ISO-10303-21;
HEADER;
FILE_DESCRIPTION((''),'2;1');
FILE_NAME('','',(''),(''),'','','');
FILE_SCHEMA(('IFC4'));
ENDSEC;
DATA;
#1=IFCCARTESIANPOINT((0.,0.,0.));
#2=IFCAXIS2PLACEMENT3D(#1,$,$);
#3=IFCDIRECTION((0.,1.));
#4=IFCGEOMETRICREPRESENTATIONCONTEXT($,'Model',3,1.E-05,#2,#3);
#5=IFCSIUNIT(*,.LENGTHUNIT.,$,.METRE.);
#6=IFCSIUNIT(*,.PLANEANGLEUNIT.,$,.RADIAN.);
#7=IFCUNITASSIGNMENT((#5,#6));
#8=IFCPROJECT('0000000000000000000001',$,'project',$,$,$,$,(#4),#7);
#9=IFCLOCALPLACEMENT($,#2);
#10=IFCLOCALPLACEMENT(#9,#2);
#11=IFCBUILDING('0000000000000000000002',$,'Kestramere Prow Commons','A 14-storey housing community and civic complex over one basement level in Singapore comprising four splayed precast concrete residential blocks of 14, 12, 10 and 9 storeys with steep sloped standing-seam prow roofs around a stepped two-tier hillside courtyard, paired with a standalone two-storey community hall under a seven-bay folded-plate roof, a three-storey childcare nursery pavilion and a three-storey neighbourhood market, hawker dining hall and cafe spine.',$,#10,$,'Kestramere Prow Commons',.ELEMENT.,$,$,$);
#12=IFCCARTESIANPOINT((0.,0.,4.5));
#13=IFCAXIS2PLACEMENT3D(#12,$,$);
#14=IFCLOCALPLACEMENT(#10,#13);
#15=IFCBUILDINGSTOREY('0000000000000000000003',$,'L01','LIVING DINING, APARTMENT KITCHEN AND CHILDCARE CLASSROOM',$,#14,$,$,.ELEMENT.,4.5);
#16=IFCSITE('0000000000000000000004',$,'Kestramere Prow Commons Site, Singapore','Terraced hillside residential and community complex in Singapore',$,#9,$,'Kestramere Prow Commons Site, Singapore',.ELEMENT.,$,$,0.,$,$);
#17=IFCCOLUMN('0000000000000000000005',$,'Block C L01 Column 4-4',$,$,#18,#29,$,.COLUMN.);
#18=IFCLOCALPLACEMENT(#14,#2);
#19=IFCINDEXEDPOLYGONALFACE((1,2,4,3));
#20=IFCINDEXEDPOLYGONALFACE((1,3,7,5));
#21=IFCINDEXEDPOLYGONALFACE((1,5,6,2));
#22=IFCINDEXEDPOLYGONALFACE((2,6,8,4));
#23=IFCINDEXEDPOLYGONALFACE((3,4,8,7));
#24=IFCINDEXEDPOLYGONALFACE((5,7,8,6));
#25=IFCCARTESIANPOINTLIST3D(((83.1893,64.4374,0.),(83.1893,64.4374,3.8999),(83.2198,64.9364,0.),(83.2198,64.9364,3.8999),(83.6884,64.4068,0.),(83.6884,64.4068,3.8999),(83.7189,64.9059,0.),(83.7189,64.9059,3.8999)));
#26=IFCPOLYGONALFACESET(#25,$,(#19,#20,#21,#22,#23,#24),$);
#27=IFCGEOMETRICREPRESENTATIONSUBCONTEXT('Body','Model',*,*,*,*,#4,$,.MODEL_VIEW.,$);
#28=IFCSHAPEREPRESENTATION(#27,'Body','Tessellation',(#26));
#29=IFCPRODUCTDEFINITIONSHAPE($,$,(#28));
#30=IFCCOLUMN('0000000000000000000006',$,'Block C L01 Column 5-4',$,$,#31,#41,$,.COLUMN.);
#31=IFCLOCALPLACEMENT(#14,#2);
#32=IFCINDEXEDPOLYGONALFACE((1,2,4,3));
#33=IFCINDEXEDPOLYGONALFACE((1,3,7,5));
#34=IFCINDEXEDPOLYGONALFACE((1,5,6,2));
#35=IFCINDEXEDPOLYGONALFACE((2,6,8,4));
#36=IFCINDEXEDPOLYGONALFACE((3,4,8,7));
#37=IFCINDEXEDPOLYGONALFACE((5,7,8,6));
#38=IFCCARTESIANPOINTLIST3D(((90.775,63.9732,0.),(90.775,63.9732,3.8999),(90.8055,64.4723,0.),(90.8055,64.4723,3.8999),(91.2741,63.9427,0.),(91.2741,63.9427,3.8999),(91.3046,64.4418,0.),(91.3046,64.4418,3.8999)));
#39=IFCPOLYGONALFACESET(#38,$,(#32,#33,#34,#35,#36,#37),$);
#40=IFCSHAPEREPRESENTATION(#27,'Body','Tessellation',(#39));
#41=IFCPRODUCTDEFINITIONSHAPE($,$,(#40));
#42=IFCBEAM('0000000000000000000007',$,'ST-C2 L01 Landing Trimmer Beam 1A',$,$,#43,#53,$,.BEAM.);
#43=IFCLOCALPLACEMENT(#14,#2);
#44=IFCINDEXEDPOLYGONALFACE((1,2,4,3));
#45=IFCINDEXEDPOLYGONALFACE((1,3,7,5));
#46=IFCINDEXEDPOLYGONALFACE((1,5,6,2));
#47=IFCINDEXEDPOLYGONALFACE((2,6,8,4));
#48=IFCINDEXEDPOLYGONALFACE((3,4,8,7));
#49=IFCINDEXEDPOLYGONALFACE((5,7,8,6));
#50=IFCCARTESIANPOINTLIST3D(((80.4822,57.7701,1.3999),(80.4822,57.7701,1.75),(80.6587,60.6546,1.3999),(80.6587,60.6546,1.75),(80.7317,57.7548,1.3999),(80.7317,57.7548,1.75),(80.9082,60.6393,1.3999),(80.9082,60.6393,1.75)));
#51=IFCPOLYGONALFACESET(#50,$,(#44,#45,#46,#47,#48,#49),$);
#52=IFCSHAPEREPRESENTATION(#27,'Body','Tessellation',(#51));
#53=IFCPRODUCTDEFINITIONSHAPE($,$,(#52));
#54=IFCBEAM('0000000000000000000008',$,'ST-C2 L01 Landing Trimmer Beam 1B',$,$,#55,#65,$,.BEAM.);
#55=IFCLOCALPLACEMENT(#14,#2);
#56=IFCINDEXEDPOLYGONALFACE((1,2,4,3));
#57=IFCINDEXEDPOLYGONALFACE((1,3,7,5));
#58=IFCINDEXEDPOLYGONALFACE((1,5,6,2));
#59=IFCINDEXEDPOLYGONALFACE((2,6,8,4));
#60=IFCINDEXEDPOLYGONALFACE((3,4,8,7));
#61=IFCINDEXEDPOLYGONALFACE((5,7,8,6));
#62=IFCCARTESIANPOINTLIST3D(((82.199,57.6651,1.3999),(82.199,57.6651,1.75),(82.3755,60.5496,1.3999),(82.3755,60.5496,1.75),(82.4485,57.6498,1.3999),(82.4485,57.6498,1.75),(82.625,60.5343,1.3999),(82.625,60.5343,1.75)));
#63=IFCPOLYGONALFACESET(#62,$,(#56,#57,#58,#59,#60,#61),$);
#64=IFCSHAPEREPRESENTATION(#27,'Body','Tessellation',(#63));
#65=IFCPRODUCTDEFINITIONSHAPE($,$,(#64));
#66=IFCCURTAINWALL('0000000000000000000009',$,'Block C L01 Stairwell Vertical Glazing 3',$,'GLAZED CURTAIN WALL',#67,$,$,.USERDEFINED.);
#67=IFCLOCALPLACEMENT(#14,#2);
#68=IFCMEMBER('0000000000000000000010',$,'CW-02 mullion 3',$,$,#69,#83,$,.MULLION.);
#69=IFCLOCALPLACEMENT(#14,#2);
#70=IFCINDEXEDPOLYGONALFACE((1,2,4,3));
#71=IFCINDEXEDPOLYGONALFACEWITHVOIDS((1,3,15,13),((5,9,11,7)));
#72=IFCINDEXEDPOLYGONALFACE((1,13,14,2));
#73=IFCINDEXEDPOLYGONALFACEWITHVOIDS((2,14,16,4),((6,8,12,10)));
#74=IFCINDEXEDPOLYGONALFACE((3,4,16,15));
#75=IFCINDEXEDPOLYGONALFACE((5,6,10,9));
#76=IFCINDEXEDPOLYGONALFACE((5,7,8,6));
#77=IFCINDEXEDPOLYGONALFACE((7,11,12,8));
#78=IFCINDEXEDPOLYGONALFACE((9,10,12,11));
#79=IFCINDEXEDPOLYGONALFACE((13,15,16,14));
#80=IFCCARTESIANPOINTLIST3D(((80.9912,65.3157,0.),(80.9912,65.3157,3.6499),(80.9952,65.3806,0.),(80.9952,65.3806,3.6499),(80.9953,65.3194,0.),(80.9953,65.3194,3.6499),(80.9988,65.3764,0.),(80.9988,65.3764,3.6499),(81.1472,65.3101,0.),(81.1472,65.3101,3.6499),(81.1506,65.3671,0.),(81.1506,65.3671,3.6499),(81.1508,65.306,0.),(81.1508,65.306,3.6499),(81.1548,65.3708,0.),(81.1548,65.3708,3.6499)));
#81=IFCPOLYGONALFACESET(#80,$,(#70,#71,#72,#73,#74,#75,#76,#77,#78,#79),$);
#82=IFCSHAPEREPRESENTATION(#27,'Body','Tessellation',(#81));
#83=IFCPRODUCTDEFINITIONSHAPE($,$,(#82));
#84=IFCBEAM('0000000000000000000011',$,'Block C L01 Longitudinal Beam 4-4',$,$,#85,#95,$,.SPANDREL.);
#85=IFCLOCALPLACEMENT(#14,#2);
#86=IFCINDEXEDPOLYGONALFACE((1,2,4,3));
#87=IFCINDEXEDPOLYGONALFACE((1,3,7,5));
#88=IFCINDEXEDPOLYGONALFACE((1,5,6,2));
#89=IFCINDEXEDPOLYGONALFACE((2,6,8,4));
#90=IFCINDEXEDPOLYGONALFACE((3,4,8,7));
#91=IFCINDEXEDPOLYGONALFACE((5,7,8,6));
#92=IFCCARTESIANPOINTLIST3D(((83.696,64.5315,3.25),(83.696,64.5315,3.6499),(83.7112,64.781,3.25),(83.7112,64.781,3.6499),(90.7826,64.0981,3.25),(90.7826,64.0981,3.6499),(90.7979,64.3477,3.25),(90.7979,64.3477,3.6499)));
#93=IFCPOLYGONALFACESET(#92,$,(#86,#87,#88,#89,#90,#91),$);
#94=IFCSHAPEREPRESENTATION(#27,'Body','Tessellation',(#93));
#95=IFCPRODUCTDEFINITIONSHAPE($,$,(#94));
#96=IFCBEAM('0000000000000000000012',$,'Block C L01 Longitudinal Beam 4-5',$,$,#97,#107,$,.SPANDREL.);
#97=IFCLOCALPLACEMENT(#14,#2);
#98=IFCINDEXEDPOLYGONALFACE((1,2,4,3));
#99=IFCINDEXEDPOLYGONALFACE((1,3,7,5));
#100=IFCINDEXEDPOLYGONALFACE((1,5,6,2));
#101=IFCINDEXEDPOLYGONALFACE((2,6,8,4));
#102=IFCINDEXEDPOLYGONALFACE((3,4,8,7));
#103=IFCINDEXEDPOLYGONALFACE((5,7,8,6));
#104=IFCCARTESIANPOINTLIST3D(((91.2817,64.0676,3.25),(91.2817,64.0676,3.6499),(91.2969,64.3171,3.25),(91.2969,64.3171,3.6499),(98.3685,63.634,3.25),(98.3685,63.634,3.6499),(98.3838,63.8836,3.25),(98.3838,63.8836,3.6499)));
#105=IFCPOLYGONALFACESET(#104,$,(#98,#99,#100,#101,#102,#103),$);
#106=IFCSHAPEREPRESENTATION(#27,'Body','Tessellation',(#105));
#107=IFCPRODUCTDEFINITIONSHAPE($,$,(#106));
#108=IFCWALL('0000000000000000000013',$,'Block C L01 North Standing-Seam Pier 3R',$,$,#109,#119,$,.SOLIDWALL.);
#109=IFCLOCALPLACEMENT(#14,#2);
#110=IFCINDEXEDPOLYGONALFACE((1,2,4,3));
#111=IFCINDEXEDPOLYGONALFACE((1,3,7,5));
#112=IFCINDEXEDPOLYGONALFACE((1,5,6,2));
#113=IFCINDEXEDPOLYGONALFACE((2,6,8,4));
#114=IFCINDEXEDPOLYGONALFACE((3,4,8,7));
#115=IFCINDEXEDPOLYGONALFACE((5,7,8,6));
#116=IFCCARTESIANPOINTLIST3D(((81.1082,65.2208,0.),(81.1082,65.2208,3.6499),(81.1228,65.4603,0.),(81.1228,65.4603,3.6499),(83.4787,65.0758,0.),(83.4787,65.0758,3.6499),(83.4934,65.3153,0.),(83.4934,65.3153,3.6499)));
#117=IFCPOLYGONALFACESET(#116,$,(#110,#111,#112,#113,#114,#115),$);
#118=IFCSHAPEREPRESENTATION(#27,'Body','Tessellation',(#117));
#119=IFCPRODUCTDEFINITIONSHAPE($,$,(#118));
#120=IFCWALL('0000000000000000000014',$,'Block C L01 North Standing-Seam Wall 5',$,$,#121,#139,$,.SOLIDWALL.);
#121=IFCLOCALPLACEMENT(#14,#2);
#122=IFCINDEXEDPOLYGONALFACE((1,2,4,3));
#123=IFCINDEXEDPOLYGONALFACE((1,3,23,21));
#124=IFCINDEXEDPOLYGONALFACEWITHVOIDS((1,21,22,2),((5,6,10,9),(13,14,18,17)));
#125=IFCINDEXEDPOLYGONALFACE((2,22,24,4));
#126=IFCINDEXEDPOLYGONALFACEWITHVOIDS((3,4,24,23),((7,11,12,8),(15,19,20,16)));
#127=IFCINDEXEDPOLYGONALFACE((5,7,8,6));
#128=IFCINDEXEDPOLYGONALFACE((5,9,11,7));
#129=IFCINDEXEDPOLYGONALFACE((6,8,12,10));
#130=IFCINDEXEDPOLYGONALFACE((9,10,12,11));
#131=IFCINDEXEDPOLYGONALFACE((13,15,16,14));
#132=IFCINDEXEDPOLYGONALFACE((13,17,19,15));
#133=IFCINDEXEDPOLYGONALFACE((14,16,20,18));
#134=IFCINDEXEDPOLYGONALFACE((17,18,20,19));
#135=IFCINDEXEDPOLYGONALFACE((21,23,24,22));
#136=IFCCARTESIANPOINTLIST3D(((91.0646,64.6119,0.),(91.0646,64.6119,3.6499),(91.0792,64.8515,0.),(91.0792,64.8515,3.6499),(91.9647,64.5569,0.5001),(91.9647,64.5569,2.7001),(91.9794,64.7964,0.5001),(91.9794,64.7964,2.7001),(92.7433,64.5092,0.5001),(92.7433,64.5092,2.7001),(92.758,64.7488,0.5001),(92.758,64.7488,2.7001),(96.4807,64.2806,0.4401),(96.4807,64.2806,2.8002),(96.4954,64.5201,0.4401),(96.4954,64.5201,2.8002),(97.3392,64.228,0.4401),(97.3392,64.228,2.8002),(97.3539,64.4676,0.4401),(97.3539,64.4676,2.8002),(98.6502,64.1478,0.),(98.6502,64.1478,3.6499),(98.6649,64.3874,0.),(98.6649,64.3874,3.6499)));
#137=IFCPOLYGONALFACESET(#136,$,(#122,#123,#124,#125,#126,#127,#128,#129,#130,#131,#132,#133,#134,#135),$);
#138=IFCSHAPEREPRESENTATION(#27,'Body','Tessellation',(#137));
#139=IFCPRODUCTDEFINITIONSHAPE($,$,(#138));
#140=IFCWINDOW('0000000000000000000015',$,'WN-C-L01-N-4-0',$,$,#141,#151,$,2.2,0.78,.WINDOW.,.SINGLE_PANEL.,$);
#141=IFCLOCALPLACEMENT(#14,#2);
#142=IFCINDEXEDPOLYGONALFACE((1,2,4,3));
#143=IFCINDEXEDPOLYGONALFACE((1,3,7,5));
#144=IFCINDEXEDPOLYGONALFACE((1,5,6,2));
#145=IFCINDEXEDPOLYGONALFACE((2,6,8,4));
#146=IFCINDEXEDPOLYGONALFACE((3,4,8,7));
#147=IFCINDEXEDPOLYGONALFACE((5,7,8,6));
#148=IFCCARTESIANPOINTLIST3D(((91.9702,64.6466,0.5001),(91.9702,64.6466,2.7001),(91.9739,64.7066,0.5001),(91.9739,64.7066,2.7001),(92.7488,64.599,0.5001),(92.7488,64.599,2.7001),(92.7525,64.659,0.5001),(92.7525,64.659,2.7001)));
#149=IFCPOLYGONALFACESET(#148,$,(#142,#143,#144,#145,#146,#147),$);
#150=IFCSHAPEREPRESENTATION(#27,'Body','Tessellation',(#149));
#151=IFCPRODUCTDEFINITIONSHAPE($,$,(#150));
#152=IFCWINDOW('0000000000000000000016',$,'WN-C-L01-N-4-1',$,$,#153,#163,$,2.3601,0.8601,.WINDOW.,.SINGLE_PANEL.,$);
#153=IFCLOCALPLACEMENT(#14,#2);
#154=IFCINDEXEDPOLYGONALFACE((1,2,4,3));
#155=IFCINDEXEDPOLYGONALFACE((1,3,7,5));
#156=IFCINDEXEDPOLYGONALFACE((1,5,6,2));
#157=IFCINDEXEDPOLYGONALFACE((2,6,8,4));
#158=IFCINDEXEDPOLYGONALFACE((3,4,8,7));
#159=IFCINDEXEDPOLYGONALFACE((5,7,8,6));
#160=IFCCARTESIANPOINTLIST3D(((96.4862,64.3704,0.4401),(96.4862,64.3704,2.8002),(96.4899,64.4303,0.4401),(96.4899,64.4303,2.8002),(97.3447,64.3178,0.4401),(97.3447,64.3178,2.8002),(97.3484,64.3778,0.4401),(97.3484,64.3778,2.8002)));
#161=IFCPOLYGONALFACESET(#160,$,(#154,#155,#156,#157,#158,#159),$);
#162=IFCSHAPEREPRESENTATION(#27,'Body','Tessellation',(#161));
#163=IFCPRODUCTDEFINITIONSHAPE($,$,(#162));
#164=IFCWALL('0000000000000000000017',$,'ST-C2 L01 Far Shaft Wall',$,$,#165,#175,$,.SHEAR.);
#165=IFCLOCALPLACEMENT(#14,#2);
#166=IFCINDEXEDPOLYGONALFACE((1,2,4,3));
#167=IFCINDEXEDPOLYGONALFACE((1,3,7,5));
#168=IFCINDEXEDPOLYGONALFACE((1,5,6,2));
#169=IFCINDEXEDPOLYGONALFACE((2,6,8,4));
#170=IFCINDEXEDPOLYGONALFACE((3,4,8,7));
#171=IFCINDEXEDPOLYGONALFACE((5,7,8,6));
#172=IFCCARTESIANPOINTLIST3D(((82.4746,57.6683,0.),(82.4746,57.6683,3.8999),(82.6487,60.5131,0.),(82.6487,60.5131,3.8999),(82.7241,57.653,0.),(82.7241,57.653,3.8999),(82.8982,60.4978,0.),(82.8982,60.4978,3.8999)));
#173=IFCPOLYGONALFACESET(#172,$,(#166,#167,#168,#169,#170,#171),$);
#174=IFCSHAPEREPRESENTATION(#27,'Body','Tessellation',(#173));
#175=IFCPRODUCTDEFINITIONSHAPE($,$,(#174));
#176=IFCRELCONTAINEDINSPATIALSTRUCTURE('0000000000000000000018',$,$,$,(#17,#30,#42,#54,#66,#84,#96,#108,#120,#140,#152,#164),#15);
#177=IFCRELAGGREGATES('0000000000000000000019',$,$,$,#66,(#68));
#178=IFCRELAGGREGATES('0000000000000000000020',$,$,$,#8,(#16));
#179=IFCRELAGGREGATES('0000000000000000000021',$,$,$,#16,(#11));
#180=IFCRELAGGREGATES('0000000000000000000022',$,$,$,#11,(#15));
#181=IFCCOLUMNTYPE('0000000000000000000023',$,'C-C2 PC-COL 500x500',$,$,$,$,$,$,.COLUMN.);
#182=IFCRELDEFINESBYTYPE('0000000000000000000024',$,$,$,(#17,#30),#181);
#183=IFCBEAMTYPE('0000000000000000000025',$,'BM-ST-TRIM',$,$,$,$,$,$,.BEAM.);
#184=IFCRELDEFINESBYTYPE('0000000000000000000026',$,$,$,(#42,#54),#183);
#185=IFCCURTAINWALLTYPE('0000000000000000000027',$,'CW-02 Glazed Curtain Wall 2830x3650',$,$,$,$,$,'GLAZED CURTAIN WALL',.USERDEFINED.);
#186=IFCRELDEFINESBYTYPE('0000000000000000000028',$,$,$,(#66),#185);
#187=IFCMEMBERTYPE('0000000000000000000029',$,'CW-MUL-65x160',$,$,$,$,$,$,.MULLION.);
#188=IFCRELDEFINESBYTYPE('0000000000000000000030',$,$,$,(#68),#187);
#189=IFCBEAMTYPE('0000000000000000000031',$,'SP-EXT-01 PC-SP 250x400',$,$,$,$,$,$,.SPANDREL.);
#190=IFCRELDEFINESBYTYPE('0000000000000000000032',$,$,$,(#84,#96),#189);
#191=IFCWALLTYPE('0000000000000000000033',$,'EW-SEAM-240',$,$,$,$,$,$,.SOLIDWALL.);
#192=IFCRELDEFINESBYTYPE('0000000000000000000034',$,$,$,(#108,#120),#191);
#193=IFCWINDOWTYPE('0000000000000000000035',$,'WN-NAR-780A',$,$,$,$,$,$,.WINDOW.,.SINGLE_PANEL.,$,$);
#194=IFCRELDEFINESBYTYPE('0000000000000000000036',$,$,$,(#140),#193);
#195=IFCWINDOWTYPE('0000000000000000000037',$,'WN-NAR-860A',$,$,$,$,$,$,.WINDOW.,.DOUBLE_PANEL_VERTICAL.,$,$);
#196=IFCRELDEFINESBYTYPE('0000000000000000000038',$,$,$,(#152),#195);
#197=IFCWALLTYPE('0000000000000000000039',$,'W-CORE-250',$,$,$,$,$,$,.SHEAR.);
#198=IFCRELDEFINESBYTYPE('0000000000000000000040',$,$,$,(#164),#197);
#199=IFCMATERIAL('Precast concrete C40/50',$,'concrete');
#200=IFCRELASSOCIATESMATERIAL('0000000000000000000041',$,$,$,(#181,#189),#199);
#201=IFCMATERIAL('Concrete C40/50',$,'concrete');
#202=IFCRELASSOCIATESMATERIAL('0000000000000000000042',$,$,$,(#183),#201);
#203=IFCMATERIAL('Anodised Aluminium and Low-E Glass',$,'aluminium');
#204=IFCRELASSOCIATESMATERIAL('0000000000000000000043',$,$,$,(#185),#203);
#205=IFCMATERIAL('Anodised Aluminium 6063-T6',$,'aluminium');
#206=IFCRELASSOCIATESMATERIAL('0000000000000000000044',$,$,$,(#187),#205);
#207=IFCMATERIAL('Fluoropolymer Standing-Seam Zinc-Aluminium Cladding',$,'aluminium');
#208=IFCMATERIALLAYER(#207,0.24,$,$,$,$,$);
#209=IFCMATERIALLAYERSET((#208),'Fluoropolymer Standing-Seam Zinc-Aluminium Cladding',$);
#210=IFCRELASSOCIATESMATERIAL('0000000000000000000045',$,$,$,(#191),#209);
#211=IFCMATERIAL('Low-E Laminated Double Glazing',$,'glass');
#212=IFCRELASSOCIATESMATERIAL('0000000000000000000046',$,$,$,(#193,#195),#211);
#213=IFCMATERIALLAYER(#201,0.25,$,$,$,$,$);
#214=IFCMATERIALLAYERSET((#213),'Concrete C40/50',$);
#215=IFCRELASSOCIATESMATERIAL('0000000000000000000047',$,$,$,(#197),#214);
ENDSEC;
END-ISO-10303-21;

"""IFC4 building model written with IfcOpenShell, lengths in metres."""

from ifc_helpers import new_model, si_unit, direction, frame, frame_2d, origin, origin_2d, place, context, subcontext, project, spatial, rectangle, hollow_rectangle, extrude, material, layer, layer_set, material_profile, profile_set, type_object, element, fill, aggregate, save


model = new_model("IFC4")

# Units and contexts
model_context = context("Model", 3, precision=1e-05, world=origin(), true_north=direction((0.0, 1.0)))
body_context = subcontext(model_context, "Body", "Model", "MODEL_VIEW")
ifc_project = project(units=[si_unit("LENGTHUNIT", "METRE"), si_unit("PLANEANGLEUNIT", "RADIAN")], contexts=[model_context])

# Site, building, storey
site_placement = place(None, origin())
site = spatial("IfcSite", under=ifc_project, at=site_placement, Name="Kestramere Prow Commons Site, Singapore", Description="Terraced hillside residential and community complex in Singapore", LongName="Kestramere Prow Commons Site, Singapore", CompositionType="ELEMENT", RefElevation=0.0)
building_placement = place(site_placement, origin())
building = spatial("IfcBuilding", under=site, at=building_placement, Name="Kestramere Prow Commons", Description="A 14-storey housing community and civic complex over one basement level in Singapore comprising four splayed precast concrete residential blocks of 14, 12, 10 and 9 storeys with steep sloped standing-seam prow roofs around a stepped two-tier hillside courtyard, paired with a standalone two-storey community hall under a seven-bay folded-plate roof, a three-storey childcare nursery pavilion and a three-storey neighbourhood market, hawker dining hall and cafe spine.", LongName="Kestramere Prow Commons", CompositionType="ELEMENT")
storey_placement = place(building_placement, frame((0.0, 0.0, 4.5)))
storey = spatial("IfcBuildingStorey", under=building, at=storey_placement, Name="L01", Description="LIVING DINING, APARTMENT KITCHEN AND CHILDCARE CLASSROOM", CompositionType="ELEMENT", Elevation=4.5)

# Columns
ifc_material_1 = material(Name="Precast concrete C40/50", Category="concrete")
ifc_material_profile_1 = material_profile(ifc_material_1, rectangle(XDim=0.5, YDim=0.5, at=origin_2d()), Name="PC-COL 500x500")
ifc_profile_set_1 = profile_set([ifc_material_profile_1], Name="Precast concrete C40/50")
column_type = type_object("IfcColumnType", Name="C-C2 PC-COL 500x500", PredefinedType="COLUMN", material=ifc_profile_set_1)
for number, where, z_axis, x_axis, name in (
    (1, (83.4541, 64.6716, 0.0), (0.0, 0.0, 1.0), (0.998135, -0.061049, 0.0), "Block C L01 Column 4-4"),
    (2, (91.0398, 64.2075, 0.0), (0.0, 0.0, 1.0), (0.998135, -0.061049, 0.0), "Block C L01 Column 5-4"),
):
    element("IfcColumn", number, at=place(storey_placement, frame(where, z_axis=z_axis, x_axis=x_axis)), inside=storey, type_object=column_type, Name=name, PredefinedType="COLUMN", context=body_context, shape_type="SweptSolid", body=[
        extrude(rectangle(XDim=0.5, YDim=0.5, at=origin_2d()), origin(), (0.0, 0.0, 1.0), 3.8999),
    ])

# Beams
ifc_material_2 = material(Name="Concrete C40/50", Category="concrete")
ifc_material_profile_2 = material_profile(ifc_material_2, rectangle(XDim=0.25, YDim=0.3501, at=origin_2d()), Name="PC-BM 250x350")
ifc_profile_set_2 = profile_set([ifc_material_profile_2], Name="Concrete C40/50")
beam_type_1 = type_object("IfcBeamType", Name="BM-ST-TRIM", PredefinedType="BEAM", material=ifc_profile_set_2)
for number, where, z_axis, x_axis, name in (
    (3, (80.6069, 57.7625, 1.575), (0.061079, 0.998133, 0.0), (-0.998133, 0.061079, 0.0), "ST-C2 L01 Landing Trimmer Beam 1A"),
    (4, (82.3237, 57.6575, 1.575), (0.061079, 0.998133, 0.0), (-0.998133, 0.061079, 0.0), "ST-C2 L01 Landing Trimmer Beam 1B"),
):
    element("IfcBeam", number, at=place(storey_placement, frame(where, z_axis=z_axis, x_axis=x_axis)), inside=storey, type_object=beam_type_1, Name=name, PredefinedType="BEAM", context=body_context, shape_type="SweptSolid", body=[
        extrude(rectangle(XDim=0.25, YDim=0.3501, at=origin_2d()), origin(), (0.0, 0.0, 1.0), 2.8899),
    ])

# Curtain wall, member
ifc_material_3 = material(Name="Anodised Aluminium and Low-E Glass", Category="aluminium")
curtain_wall_type = type_object("IfcCurtainWallType", Name="CW-02 Glazed Curtain Wall 2830x3650", ElementType="GLAZED CURTAIN WALL", PredefinedType="USERDEFINED", material=ifc_material_3)
curtain_wall_placement = place(storey_placement, origin())
curtain_wall = element("IfcCurtainWall", 5, at=curtain_wall_placement, inside=storey, type_object=curtain_wall_type, Name="Block C L01 Stairwell Vertical Glazing 3", ObjectType="GLAZED CURTAIN WALL", PredefinedType="USERDEFINED")
ifc_material_4 = material(Name="Anodised Aluminium 6063-T6", Category="aluminium")
ifc_material_profile_3 = material_profile(ifc_material_4, hollow_rectangle(XDim=0.0649, YDim=0.1599, WallThickness=0.0039, at=origin_2d()), Name="ALU-MUL 65x160")
ifc_profile_set_3 = profile_set([ifc_material_profile_3], Name="Anodised Aluminium 6063-T6")
member_type = type_object("IfcMemberType", Name="CW-MUL-65x160", PredefinedType="MULLION", material=ifc_profile_set_3)
member_placement = place(storey_placement, frame((81.073, 65.3433, 0.0), z_axis=(0.0, 0.0, 1.0), x_axis=(0.061048, 0.998135, 0.0)))
member = element("IfcMember", 6, at=member_placement, type_object=member_type, Name="CW-02 mullion 3", PredefinedType="MULLION", context=body_context, shape_type="SweptSolid", body=[
    extrude(hollow_rectangle(XDim=0.0649, YDim=0.1599, WallThickness=0.0039, at=origin_2d()), origin(), (0.0, 0.0, 1.0), 3.6499),
])
aggregate(curtain_wall, [member])

# Beams
ifc_material_profile_4 = material_profile(ifc_material_1, rectangle(XDim=0.25, YDim=0.3999, at=origin_2d()), Name="PC-SP 250x400")
ifc_profile_set_4 = profile_set([ifc_material_profile_4], Name="Precast concrete C40/50")
beam_type_2 = type_object("IfcBeamType", Name="SP-EXT-01 PC-SP 250x400", PredefinedType="SPANDREL", material=ifc_profile_set_4)
beam_1_placement = place(storey_placement, frame((83.7036, 64.6562, 3.45), z_axis=(0.998136, -0.061036, 0.0), x_axis=(0.061036, 0.998136, 0.0)))
element("IfcBeam", 7, at=beam_1_placement, inside=storey, type_object=beam_type_2, Name="Block C L01 Longitudinal Beam 4-4", PredefinedType="SPANDREL", context=body_context, shape_type="SweptSolid", body=[
    extrude(rectangle(XDim=0.25, YDim=0.3999, at=origin_2d()), origin(), (0.0, 0.0, 1.0), 7.0999),
])
beam_2_placement = place(storey_placement, frame((91.2893, 64.1924, 3.45), z_axis=(0.998134, -0.061068, 0.0), x_axis=(0.061068, 0.998134, 0.0)))
element("IfcBeam", 8, at=beam_2_placement, inside=storey, type_object=beam_type_2, Name="Block C L01 Longitudinal Beam 4-5", PredefinedType="SPANDREL", context=body_context, shape_type="SweptSolid", body=[
    extrude(rectangle(XDim=0.25, YDim=0.3999, at=origin_2d()), origin(), (0.0, 0.0, 1.0), 7.1001),
])

# Wall
ifc_material_5 = material(Name="Fluoropolymer Standing-Seam Zinc-Aluminium Cladding", Category="aluminium")
ifc_layer_1 = layer(ifc_material_5, 0.24)
ifc_layer_set_1 = layer_set([ifc_layer_1], Name="Fluoropolymer Standing-Seam Zinc-Aluminium Cladding")
wall_type_1 = type_object("IfcWallType", Name="EW-SEAM-240", PredefinedType="SOLIDWALL", material=ifc_layer_set_1)
wall_1_placement = place(storey_placement, frame((81.1155, 65.3406, 0.0), z_axis=(0.0, 0.0, 1.0), x_axis=(0.998134, -0.06106, 0.0)))
element("IfcWall", 9, at=wall_1_placement, inside=storey, type_object=wall_type_1, Name="Block C L01 North Standing-Seam Pier 3R", PredefinedType="SOLIDWALL", context=body_context, shape_type="SweptSolid", body=[
    extrude(rectangle(XDim=2.375, YDim=0.24, at=frame_2d((1.1875, 0.0))), origin(), (0.0, 0.0, 1.0), 3.6499),
])

# Wall, openings, windows
wall_2_placement = place(storey_placement, frame((91.072, 64.7317, 0.0), z_axis=(0.0, 0.0, 1.0), x_axis=(0.998134, -0.061068, 0.0)))
wall_2 = element("IfcWall", 10, at=wall_2_placement, inside=storey, type_object=wall_type_1, Name="Block C L01 North Standing-Seam Wall 5", PredefinedType="SOLIDWALL", context=body_context, shape_type="SweptSolid", body=[
    extrude(rectangle(XDim=7.5999, YDim=0.24, at=frame_2d((3.7998, 0.0))), origin(), (0.0, 0.0, 1.0), 3.6499),
])
opening_1_placement = place(wall_2_placement, frame((0.9016, 0.0, 0.5)))
opening_1 = element("IfcOpeningElement", 11, at=opening_1_placement, cuts=wall_2, PredefinedType="OPENING", context=body_context, shape_type="SweptSolid", body=[
    extrude(rectangle(XDim=0.78, YDim=2.2, at=frame_2d((0.3901, 1.1001))), frame((0.0, 0.135, 0.0), z_axis=(0.0, -1.0, 0.0), x_axis=(1.0, 0.0, 0.0)), (0.0, 0.0, 1.0), 0.27),
])
opening_2_placement = place(wall_2_placement, frame((5.426, 0.0, 0.4399)))
opening_2 = element("IfcOpeningElement", 12, at=opening_2_placement, cuts=wall_2, PredefinedType="OPENING", context=body_context, shape_type="SweptSolid", body=[
    extrude(rectangle(XDim=0.8601, YDim=2.3601, at=frame_2d((0.4302, 1.1802))), frame((0.0, 0.135, 0.0), z_axis=(0.0, -1.0, 0.0), x_axis=(1.0, 0.0, 0.0)), (0.0, 0.0, 1.0), 0.27),
])
ifc_material_6 = material(Name="Low-E Laminated Double Glazing", Category="glass")
window_type_1 = type_object("IfcWindowType", Name="WN-NAR-780A", PartitioningType="SINGLE_PANEL", PredefinedType="WINDOW", material=ifc_material_6)
window_1_placement = place(opening_1_placement, origin())
window_1 = element("IfcWindow", 13, at=window_1_placement, inside=storey, type_object=window_type_1, Name="WN-C-L01-N-4-0", OverallHeight=2.2, OverallWidth=0.78, PartitioningType="SINGLE_PANEL", PredefinedType="WINDOW", context=body_context, shape_type="SweptSolid", body=[
    extrude(rectangle(XDim=0.78, YDim=2.2, at=frame_2d((0.3901, 1.1001))), frame((0.0, 0.03, 0.0), z_axis=(0.0, -1.0, 0.0), x_axis=(1.0, 0.0, 0.0)), (0.0, 0.0, 1.0), 0.0601),
])
fill(opening_1, window_1)
window_type_2 = type_object("IfcWindowType", Name="WN-NAR-860A", PartitioningType="DOUBLE_PANEL_VERTICAL", PredefinedType="WINDOW", material=ifc_material_6)
window_2_placement = place(opening_2_placement, origin())
window_2 = element("IfcWindow", 14, at=window_2_placement, inside=storey, type_object=window_type_2, Name="WN-C-L01-N-4-1", OverallHeight=2.3601, OverallWidth=0.8601, PartitioningType="SINGLE_PANEL", PredefinedType="WINDOW", context=body_context, shape_type="SweptSolid", body=[
    extrude(rectangle(XDim=0.8601, YDim=2.3601, at=frame_2d((0.4302, 1.1802))), frame((0.0, 0.03, 0.0), z_axis=(0.0, -1.0, 0.0), x_axis=(1.0, 0.0, 0.0)), (0.0, 0.0, 1.0), 0.0601),
])
fill(opening_2, window_2)

# Wall
ifc_layer_2 = layer(ifc_material_2, 0.25)
ifc_layer_set_2 = layer_set([ifc_layer_2], Name="Concrete C40/50")
wall_type_2 = type_object("IfcWallType", Name="W-CORE-250", PredefinedType="SHEAR", material=ifc_layer_set_2)
wall_3_placement = place(storey_placement, frame((82.5994, 57.6606, 0.0), z_axis=(0.0, 0.0, 1.0), x_axis=(0.061077, 0.998133, 0.0)))
element("IfcWall", 15, at=wall_3_placement, inside=storey, type_object=wall_type_2, Name="ST-C2 L01 Far Shaft Wall", PredefinedType="SHEAR", context=body_context, shape_type="SweptSolid", body=[
    extrude(rectangle(XDim=2.8501, YDim=0.25, at=frame_2d((1.425, 0.0))), origin(), (0.0, 0.0, 1.0), 3.8999),
])

save(model, "model.ifc")
